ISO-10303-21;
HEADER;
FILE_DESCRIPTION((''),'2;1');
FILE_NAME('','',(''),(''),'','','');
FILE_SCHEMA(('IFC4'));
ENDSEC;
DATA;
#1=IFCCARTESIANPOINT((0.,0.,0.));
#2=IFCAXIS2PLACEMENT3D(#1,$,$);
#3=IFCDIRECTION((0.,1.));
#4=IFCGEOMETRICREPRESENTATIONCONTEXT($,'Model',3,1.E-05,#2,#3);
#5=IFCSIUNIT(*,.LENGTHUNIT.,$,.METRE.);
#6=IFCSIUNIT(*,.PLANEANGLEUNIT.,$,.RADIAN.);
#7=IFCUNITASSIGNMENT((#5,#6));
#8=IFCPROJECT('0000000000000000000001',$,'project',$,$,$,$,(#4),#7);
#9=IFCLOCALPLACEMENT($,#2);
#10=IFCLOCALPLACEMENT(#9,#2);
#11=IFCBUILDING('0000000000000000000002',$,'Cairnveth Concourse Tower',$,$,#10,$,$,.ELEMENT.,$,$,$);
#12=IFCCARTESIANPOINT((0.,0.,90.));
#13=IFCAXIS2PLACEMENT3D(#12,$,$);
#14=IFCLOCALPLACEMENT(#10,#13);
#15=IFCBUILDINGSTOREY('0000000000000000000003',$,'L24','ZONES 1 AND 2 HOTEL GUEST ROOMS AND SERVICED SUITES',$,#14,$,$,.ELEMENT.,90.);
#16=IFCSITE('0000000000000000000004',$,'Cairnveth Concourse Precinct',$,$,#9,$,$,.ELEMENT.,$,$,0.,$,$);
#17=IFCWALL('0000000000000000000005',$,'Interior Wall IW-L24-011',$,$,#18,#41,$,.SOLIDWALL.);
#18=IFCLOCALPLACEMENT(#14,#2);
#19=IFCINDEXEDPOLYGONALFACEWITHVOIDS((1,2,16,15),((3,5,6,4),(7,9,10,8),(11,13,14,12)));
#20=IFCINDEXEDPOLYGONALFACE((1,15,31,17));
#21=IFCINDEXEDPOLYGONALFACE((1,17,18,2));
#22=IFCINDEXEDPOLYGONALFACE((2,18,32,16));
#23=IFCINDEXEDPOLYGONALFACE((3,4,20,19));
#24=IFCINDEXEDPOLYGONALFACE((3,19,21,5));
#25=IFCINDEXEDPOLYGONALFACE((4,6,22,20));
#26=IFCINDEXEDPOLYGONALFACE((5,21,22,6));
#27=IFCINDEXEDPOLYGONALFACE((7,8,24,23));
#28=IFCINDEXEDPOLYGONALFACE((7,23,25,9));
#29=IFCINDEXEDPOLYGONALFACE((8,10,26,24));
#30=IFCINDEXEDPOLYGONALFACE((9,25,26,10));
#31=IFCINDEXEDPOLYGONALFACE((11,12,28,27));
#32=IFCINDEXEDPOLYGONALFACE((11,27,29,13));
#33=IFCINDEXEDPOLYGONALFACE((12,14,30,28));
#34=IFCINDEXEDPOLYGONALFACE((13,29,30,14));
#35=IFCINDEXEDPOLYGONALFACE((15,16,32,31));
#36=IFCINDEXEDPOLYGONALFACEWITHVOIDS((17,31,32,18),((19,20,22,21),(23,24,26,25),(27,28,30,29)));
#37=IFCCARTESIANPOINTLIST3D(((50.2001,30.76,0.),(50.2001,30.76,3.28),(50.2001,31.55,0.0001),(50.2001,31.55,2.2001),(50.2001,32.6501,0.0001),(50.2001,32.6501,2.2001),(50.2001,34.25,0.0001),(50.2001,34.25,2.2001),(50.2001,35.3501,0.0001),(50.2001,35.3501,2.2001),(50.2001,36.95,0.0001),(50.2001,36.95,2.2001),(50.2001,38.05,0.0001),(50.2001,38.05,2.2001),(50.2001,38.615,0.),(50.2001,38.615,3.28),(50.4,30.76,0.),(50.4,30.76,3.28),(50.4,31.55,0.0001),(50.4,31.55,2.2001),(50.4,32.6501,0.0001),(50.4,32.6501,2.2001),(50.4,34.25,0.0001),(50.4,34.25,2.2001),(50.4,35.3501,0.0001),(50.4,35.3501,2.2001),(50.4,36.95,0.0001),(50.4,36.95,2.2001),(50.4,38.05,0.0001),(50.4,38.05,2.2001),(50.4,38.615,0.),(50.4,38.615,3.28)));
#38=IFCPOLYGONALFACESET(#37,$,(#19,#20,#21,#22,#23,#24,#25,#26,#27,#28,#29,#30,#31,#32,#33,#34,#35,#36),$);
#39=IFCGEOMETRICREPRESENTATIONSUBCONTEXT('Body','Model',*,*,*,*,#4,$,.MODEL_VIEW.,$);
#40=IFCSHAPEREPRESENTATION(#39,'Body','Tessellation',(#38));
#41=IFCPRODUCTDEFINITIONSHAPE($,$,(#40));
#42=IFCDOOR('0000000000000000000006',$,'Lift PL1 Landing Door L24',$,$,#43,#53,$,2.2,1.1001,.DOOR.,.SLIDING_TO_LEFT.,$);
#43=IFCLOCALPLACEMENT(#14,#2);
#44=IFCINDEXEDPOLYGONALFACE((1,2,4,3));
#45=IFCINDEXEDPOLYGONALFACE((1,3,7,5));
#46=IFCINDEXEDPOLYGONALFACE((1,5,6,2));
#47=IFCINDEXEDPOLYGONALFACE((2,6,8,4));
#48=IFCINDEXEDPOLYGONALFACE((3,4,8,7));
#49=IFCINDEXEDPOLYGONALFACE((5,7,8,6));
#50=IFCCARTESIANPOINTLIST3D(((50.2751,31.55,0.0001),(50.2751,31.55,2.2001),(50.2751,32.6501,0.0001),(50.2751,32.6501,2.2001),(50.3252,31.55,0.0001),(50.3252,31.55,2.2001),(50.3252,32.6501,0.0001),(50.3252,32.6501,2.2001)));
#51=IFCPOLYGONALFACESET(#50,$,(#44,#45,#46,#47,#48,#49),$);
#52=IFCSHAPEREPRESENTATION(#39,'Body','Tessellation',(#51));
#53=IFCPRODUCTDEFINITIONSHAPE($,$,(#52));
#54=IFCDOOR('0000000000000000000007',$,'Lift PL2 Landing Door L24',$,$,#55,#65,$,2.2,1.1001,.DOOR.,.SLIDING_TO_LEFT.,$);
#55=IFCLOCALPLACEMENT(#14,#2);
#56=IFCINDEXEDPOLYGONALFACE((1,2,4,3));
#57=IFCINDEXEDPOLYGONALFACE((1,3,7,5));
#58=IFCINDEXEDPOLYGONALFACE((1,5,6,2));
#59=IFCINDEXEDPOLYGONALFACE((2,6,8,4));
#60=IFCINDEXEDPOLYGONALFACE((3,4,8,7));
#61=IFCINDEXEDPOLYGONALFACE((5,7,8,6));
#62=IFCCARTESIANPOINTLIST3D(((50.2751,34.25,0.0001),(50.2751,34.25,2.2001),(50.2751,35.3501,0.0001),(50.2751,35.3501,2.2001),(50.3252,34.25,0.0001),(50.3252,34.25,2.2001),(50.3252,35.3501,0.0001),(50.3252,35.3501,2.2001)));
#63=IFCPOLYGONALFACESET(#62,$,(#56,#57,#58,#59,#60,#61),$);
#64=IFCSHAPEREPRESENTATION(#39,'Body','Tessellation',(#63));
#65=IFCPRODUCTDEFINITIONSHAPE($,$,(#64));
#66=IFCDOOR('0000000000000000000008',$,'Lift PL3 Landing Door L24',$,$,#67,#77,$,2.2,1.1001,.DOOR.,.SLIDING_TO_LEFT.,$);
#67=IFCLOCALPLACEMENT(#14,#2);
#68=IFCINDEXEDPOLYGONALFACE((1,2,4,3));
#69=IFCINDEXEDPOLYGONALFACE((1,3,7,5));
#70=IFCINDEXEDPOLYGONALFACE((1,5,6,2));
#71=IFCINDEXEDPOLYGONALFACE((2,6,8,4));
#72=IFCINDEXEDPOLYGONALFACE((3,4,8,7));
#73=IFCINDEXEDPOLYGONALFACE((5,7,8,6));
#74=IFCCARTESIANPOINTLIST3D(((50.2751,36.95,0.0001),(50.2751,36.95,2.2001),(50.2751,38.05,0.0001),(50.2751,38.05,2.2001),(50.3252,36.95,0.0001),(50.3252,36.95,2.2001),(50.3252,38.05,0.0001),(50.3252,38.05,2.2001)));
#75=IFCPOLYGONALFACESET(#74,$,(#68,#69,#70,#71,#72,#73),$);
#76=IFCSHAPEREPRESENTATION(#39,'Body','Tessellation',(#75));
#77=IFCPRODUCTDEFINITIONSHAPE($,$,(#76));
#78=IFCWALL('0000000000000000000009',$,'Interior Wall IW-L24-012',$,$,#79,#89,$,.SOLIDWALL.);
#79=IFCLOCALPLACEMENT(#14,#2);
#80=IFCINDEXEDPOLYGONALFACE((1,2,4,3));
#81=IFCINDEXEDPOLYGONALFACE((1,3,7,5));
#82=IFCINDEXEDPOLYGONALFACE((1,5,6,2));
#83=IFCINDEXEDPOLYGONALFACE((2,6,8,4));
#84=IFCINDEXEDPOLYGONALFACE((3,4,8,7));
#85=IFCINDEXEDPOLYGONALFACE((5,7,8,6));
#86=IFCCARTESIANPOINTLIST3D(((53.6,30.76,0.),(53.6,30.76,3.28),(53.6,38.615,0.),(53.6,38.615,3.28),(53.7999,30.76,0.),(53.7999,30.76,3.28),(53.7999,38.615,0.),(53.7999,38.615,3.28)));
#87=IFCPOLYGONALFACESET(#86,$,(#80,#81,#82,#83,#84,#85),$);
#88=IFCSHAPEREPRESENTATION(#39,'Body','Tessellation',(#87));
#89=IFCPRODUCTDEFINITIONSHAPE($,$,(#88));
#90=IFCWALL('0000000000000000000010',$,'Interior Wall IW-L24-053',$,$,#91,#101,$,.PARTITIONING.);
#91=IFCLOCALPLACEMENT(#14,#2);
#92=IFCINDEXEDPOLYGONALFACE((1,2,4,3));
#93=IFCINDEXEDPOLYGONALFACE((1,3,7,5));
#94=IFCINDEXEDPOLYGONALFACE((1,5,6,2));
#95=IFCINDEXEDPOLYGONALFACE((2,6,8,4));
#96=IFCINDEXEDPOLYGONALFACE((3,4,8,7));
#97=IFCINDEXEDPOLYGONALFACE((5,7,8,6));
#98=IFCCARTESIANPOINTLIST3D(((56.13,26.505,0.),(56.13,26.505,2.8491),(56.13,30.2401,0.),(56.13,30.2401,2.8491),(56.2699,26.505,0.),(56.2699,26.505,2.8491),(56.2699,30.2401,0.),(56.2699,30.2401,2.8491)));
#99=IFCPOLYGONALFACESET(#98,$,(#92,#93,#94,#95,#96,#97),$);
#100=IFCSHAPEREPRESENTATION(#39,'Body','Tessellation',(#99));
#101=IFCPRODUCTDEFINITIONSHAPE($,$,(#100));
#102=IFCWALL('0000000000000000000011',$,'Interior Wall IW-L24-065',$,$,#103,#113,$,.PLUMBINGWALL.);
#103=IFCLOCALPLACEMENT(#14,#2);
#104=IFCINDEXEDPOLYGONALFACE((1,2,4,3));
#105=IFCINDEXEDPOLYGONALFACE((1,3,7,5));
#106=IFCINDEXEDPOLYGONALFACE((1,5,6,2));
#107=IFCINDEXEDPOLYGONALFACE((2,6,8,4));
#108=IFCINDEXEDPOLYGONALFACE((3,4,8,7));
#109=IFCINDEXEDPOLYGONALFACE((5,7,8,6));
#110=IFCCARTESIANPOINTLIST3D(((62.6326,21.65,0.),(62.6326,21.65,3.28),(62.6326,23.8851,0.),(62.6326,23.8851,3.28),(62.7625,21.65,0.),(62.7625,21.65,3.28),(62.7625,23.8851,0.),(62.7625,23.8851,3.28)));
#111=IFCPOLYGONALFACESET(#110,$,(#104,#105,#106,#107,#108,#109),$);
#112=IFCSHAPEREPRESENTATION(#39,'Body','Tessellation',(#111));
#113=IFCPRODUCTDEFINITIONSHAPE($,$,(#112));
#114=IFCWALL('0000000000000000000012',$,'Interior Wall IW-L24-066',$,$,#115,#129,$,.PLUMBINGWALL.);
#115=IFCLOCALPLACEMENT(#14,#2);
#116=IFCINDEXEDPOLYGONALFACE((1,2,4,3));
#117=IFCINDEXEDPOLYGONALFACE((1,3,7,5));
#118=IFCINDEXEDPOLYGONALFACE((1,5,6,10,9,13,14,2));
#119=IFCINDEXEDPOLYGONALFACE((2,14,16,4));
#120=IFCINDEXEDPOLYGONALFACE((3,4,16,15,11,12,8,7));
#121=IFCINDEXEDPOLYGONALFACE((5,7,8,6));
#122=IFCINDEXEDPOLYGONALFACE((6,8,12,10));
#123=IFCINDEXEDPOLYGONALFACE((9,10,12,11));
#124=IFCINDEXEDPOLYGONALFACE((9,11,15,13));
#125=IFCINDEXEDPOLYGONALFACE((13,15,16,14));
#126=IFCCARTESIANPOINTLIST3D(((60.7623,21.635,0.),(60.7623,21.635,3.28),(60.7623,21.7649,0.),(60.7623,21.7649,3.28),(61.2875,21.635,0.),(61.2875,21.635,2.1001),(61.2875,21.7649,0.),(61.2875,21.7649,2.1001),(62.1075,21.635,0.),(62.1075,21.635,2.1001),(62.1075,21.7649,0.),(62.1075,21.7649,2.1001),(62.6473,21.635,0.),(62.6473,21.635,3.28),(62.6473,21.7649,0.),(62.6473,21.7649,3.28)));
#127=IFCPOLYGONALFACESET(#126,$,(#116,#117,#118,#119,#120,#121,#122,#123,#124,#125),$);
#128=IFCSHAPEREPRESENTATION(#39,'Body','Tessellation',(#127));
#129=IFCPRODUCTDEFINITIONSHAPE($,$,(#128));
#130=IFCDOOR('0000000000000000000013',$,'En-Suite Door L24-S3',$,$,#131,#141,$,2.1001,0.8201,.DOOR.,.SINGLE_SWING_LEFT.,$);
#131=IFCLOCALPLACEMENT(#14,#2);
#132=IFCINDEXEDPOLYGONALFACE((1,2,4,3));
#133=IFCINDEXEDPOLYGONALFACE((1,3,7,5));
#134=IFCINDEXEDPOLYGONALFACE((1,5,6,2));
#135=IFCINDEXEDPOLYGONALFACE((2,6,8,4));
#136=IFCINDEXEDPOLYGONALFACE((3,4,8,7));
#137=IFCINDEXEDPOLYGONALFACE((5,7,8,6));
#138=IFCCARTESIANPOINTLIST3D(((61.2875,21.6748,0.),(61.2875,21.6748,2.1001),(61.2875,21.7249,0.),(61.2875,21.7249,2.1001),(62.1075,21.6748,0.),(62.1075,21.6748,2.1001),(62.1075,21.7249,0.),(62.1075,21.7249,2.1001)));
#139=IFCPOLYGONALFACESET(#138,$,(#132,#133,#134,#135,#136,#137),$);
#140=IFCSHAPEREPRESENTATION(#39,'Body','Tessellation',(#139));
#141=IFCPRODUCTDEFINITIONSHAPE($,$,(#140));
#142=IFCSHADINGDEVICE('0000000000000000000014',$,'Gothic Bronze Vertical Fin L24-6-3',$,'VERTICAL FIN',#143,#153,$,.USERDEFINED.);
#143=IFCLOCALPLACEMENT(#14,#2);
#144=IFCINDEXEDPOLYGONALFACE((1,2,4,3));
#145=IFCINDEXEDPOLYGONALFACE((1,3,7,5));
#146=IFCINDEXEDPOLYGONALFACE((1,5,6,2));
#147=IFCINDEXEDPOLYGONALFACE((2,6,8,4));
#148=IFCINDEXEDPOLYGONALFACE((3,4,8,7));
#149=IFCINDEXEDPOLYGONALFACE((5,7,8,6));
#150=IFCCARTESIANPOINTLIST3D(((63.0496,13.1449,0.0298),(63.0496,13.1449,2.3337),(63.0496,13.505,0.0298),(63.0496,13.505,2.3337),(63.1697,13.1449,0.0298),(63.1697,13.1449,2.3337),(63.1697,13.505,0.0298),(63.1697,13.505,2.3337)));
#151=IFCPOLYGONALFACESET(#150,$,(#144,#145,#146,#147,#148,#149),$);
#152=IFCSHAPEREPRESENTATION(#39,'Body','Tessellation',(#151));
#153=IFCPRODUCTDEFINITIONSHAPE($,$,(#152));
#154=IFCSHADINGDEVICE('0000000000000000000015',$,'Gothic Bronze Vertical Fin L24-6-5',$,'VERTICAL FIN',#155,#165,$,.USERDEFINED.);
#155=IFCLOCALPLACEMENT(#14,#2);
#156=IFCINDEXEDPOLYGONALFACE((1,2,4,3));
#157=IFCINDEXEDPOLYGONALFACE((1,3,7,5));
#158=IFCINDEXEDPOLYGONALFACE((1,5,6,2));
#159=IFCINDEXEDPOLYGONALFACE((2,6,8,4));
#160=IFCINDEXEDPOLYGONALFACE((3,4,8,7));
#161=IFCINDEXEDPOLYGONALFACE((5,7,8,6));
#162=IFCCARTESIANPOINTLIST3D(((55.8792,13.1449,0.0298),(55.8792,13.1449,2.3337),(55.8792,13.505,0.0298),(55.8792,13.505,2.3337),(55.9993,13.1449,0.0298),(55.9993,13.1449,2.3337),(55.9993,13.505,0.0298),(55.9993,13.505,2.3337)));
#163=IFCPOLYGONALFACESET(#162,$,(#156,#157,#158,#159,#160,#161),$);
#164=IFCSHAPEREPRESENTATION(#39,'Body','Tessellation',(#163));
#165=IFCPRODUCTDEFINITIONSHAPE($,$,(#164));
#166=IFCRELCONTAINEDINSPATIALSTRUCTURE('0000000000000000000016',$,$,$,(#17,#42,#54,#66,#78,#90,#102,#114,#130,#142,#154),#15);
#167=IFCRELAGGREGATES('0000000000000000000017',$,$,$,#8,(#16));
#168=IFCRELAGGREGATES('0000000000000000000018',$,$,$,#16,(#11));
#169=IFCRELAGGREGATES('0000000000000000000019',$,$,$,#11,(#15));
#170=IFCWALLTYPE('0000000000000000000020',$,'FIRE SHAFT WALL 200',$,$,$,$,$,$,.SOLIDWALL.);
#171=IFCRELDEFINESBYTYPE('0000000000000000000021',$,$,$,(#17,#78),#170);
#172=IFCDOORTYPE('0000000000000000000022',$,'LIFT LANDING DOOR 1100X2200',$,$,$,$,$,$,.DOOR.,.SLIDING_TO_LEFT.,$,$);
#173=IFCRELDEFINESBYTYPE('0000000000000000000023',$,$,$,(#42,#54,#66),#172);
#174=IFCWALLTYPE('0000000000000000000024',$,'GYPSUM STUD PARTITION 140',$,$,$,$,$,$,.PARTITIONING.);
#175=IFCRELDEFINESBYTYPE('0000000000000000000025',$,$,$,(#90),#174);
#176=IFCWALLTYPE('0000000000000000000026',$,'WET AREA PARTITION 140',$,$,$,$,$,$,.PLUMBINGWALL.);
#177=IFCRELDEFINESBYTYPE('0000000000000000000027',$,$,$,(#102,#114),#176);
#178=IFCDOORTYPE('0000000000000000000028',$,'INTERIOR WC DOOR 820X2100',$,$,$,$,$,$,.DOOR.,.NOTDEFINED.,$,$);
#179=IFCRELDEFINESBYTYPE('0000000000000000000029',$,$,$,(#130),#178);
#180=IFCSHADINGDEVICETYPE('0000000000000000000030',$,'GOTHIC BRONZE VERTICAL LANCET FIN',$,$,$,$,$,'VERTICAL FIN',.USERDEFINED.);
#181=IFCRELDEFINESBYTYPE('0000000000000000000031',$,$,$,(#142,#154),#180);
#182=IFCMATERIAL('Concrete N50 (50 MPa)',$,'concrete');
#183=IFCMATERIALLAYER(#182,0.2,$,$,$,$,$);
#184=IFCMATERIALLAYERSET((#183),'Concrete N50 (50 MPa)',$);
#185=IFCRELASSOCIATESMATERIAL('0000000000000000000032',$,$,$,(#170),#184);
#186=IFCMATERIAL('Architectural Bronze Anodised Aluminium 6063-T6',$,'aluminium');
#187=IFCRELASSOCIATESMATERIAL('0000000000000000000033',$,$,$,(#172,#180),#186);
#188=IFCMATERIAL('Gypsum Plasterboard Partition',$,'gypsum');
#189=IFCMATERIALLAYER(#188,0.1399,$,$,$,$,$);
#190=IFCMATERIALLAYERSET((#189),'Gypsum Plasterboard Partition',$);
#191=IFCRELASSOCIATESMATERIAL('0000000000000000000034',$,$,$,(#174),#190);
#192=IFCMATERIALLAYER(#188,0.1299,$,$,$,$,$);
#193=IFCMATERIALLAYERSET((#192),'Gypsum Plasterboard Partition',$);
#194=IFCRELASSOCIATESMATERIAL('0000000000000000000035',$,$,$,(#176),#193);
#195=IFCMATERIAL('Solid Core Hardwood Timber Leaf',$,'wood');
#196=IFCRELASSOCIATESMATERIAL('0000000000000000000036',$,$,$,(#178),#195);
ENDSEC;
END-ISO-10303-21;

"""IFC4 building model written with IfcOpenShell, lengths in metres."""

from ifc_helpers import new_model, si_unit, direction, frame, frame_2d, origin, origin_2d, place, context, subcontext, project, spatial, rectangle, extrude, material, layer, layer_set, type_object, element, fill, save


model = new_model("IFC4")

# Units and contexts
model_context = context("Model", 3, precision=1e-05, world=origin(), true_north=direction((0.0, 1.0)))
body_context = subcontext(model_context, "Body", "Model", "MODEL_VIEW")
ifc_project = project(units=[si_unit("LENGTHUNIT", "METRE"), si_unit("PLANEANGLEUNIT", "RADIAN")], contexts=[model_context])

# Site, building, storey
site_placement = place(None, origin())
site = spatial("IfcSite", under=ifc_project, at=site_placement, Name="Cairnveth Concourse Precinct", CompositionType="ELEMENT", RefElevation=0.0)
building_placement = place(site_placement, origin())
building = spatial("IfcBuilding", under=site, at=building_placement, Name="Cairnveth Concourse Tower", CompositionType="ELEMENT")
storey_placement = place(building_placement, frame((0.0, 0.0, 90.0)))
storey = spatial("IfcBuildingStorey", under=building, at=storey_placement, Name="L24", Description="ZONES 1 AND 2 HOTEL GUEST ROOMS AND SERVICED SUITES", CompositionType="ELEMENT", Elevation=90.0)

# Shared definitions
ifc_material_1 = material(Name="Gypsum Plasterboard Partition", Category="gypsum")
ifc_material_2 = material(Name="Concrete N50 (50 MPa)", Category="concrete")

# Wall, openings, doors
ifc_layer_1 = layer(ifc_material_2, 0.2)
ifc_layer_set_1 = layer_set([ifc_layer_1], Name="Concrete N50 (50 MPa)")
wall_type_1 = type_object("IfcWallType", Name="FIRE SHAFT WALL 200", PredefinedType="SOLIDWALL", material=ifc_layer_set_1)
wall_1_placement = place(storey_placement, frame((50.3, 30.76, 0.0), z_axis=(0.0, 0.0, 1.0), x_axis=(0.0, 1.0, 0.0)))
wall_1 = element("IfcWall", 1, at=wall_1_placement, inside=storey, type_object=wall_type_1, Name="Interior Wall IW-L24-011", PredefinedType="SOLIDWALL", context=body_context, shape_type="SweptSolid", body=[
    extrude(rectangle(XDim=7.855, YDim=0.2, at=frame_2d((3.9275, 0.0))), origin(), (0.0, 0.0, 1.0), 3.28),
])
opening_1_placement = place(wall_1_placement, frame((0.79, 0.0, 0.0)))
opening_1 = element("IfcOpeningElement", 2, at=opening_1_placement, cuts=wall_1, PredefinedType="OPENING", context=body_context, shape_type="SweptSolid", body=[
    extrude(rectangle(XDim=1.1001, YDim=2.2, at=frame_2d((0.55, 1.1001))), frame((0.0, 0.1099, 0.0), z_axis=(0.0, -1.0, 0.0), x_axis=(1.0, 0.0, 0.0)), (0.0, 0.0, 1.0), 0.22),
])
opening_2_placement = place(wall_1_placement, frame((3.49, 0.0, 0.0)))
opening_2 = element("IfcOpeningElement", 3, at=opening_2_placement, cuts=wall_1, PredefinedType="OPENING", context=body_context, shape_type="SweptSolid", body=[
    extrude(rectangle(XDim=1.1001, YDim=2.2, at=frame_2d((0.55, 1.1001))), frame((0.0, 0.1099, 0.0), z_axis=(0.0, -1.0, 0.0), x_axis=(1.0, 0.0, 0.0)), (0.0, 0.0, 1.0), 0.22),
])
opening_3_placement = place(wall_1_placement, frame((6.1899, 0.0, 0.0)))
opening_3 = element("IfcOpeningElement", 4, at=opening_3_placement, cuts=wall_1, PredefinedType="OPENING", context=body_context, shape_type="SweptSolid", body=[
    extrude(rectangle(XDim=1.1001, YDim=2.2, at=frame_2d((0.55, 1.1001))), frame((0.0, 0.1099, 0.0), z_axis=(0.0, -1.0, 0.0), x_axis=(1.0, 0.0, 0.0)), (0.0, 0.0, 1.0), 0.22),
])
ifc_material_3 = material(Name="Architectural Bronze Anodised Aluminium 6063-T6", Category="aluminium")
door_type_1 = type_object("IfcDoorType", Name="LIFT LANDING DOOR 1100X2200", OperationType="SLIDING_TO_LEFT", PredefinedType="DOOR", material=ifc_material_3)
door_1_placement = place(opening_1_placement, origin())
door_1 = element("IfcDoor", 5, at=door_1_placement, inside=storey, type_object=door_type_1, Name="Lift PL1 Landing Door L24", OperationType="SLIDING_TO_LEFT", OverallHeight=2.2, OverallWidth=1.1001, PredefinedType="DOOR", context=body_context, shape_type="SweptSolid", body=[
    extrude(rectangle(XDim=1.1001, YDim=2.2, at=frame_2d((0.55, 1.1001))), frame((0.0, 0.0249, 0.0), z_axis=(0.0, -1.0, 0.0), x_axis=(1.0, 0.0, 0.0)), (0.0, 0.0, 1.0), 0.05),
])
fill(opening_1, door_1)
door_2_placement = place(opening_2_placement, origin())
door_2 = element("IfcDoor", 6, at=door_2_placement, inside=storey, type_object=door_type_1, Name="Lift PL2 Landing Door L24", OperationType="SLIDING_TO_LEFT", OverallHeight=2.2, OverallWidth=1.1001, PredefinedType="DOOR", context=body_context, shape_type="SweptSolid", body=[
    extrude(rectangle(XDim=1.1001, YDim=2.2, at=frame_2d((0.55, 1.1001))), frame((0.0, 0.0249, 0.0), z_axis=(0.0, -1.0, 0.0), x_axis=(1.0, 0.0, 0.0)), (0.0, 0.0, 1.0), 0.05),
])
fill(opening_2, door_2)
door_3_placement = place(opening_3_placement, origin())
door_3 = element("IfcDoor", 7, at=door_3_placement, inside=storey, type_object=door_type_1, Name="Lift PL3 Landing Door L24", OperationType="SLIDING_TO_LEFT", OverallHeight=2.2, OverallWidth=1.1001, PredefinedType="DOOR", context=body_context, shape_type="SweptSolid", body=[
    extrude(rectangle(XDim=1.1001, YDim=2.2, at=frame_2d((0.55, 1.1001))), frame((0.0, 0.0249, 0.0), z_axis=(0.0, -1.0, 0.0), x_axis=(1.0, 0.0, 0.0)), (0.0, 0.0, 1.0), 0.05),
])
fill(opening_3, door_3)

# Walls
wall_2_placement = place(storey_placement, frame((53.7, 30.76, 0.0), z_axis=(0.0, 0.0, 1.0), x_axis=(0.0, 1.0, 0.0)))
element("IfcWall", 8, at=wall_2_placement, inside=storey, type_object=wall_type_1, Name="Interior Wall IW-L24-012", PredefinedType="SOLIDWALL", context=body_context, shape_type="SweptSolid", body=[
    extrude(rectangle(XDim=7.855, YDim=0.2, at=frame_2d((3.9275, 0.0))), origin(), (0.0, 0.0, 1.0), 3.28),
])
ifc_layer_2 = layer(ifc_material_1, 0.1399)
ifc_layer_set_2 = layer_set([ifc_layer_2], Name="Gypsum Plasterboard Partition")
wall_type_2 = type_object("IfcWallType", Name="GYPSUM STUD PARTITION 140", PredefinedType="PARTITIONING", material=ifc_layer_set_2)
wall_3_placement = place(storey_placement, frame((56.2, 26.5049, 0.0), z_axis=(0.0, 0.0, 1.0), x_axis=(0.0, 1.0, 0.0)))
element("IfcWall", 9, at=wall_3_placement, inside=storey, type_object=wall_type_2, Name="Interior Wall IW-L24-053", PredefinedType="PARTITIONING", context=body_context, shape_type="SweptSolid", body=[
    extrude(rectangle(XDim=3.7351, YDim=0.1399, at=frame_2d((1.8677, 0.0))), origin(), (0.0, 0.0, 1.0), 2.8491),
])
ifc_layer_3 = layer(ifc_material_1, 0.1299)
ifc_layer_set_3 = layer_set([ifc_layer_3], Name="Gypsum Plasterboard Partition")
wall_type_3 = type_object("IfcWallType", Name="WET AREA PARTITION 140", PredefinedType="PLUMBINGWALL", material=ifc_layer_set_3)
wall_4_placement = place(storey_placement, frame((62.6975, 21.6499, 0.0), z_axis=(0.0, 0.0, 1.0), x_axis=(0.0, 1.0, 0.0)))
element("IfcWall", 10, at=wall_4_placement, inside=storey, type_object=wall_type_3, Name="Interior Wall IW-L24-065", PredefinedType="PLUMBINGWALL", context=body_context, shape_type="SweptSolid", body=[
    extrude(rectangle(XDim=2.2351, YDim=0.1299, at=frame_2d((1.1177, 0.0))), origin(), (0.0, 0.0, 1.0), 3.28),
])

# Wall, opening, door
wall_5_placement = place(storey_placement, frame((60.7625, 21.7, 0.0), z_axis=(0.0, 0.0, 1.0), x_axis=(1.0, 0.0, 0.0)))
wall_5 = element("IfcWall", 11, at=wall_5_placement, inside=storey, type_object=wall_type_3, Name="Interior Wall IW-L24-066", PredefinedType="PLUMBINGWALL", context=body_context, shape_type="SweptSolid", body=[
    extrude(rectangle(XDim=1.885, YDim=0.1299, at=frame_2d((0.9424, 0.0))), origin(), (0.0, 0.0, 1.0), 3.28),
])
opening_4_placement = place(wall_5_placement, frame((0.5249, 0.0, 0.0)))
opening_4 = element("IfcOpeningElement", 12, at=opening_4_placement, cuts=wall_5, PredefinedType="OPENING", context=body_context, shape_type="SweptSolid", body=[
    extrude(rectangle(XDim=0.8201, YDim=2.1001, at=frame_2d((0.4102, 1.05))), frame((0.0, 0.075, 0.0), z_axis=(0.0, -1.0, 0.0), x_axis=(1.0, 0.0, 0.0)), (0.0, 0.0, 1.0), 0.1499),
])
ifc_material_4 = material(Name="Solid Core Hardwood Timber Leaf", Category="wood")
door_type_2 = type_object("IfcDoorType", Name="INTERIOR WC DOOR 820X2100", OperationType="NOTDEFINED", PredefinedType="DOOR", material=ifc_material_4)
door_4_placement = place(opening_4_placement, origin())
door_4 = element("IfcDoor", 13, at=door_4_placement, inside=storey, type_object=door_type_2, Name="En-Suite Door L24-S3", OperationType="SINGLE_SWING_LEFT", OverallHeight=2.1001, OverallWidth=0.8201, PredefinedType="DOOR", context=body_context, shape_type="SweptSolid", body=[
    extrude(rectangle(XDim=0.8201, YDim=2.1001, at=frame_2d((0.4102, 1.05))), frame((0.0, 0.0249, 0.0), z_axis=(0.0, -1.0, 0.0), x_axis=(1.0, 0.0, 0.0)), (0.0, 0.0, 1.0), 0.05),
])
fill(opening_4, door_4)

# Shading devices
shading_device_type = type_object("IfcShadingDeviceType", Name="GOTHIC BRONZE VERTICAL LANCET FIN", ElementType="VERTICAL FIN", PredefinedType="USERDEFINED", material=ifc_material_3)
for number, where, z_axis, x_axis, name in (
    (14, (63.1096, 13.325, 0.0298), (0.0, 0.0, 1.0), (1.0, 0.0, 0.0), "Gothic Bronze Vertical Fin L24-6-3"),
    (15, (55.9392, 13.325, 0.0298), (0.0, 0.0, 1.0), (1.0, 0.0, 0.0), "Gothic Bronze Vertical Fin L24-6-5"),
):
    element("IfcShadingDevice", number, at=place(storey_placement, frame(where, z_axis=z_axis, x_axis=x_axis)), inside=storey, type_object=shading_device_type, Name=name, ObjectType="VERTICAL FIN", PredefinedType="USERDEFINED", context=body_context, shape_type="SweptSolid", body=[
        extrude(rectangle(XDim=0.1201, YDim=0.3601, at=origin_2d()), origin(), (0.0, 0.0, 1.0), 2.304),
    ])

save(model, "model.ifc")
